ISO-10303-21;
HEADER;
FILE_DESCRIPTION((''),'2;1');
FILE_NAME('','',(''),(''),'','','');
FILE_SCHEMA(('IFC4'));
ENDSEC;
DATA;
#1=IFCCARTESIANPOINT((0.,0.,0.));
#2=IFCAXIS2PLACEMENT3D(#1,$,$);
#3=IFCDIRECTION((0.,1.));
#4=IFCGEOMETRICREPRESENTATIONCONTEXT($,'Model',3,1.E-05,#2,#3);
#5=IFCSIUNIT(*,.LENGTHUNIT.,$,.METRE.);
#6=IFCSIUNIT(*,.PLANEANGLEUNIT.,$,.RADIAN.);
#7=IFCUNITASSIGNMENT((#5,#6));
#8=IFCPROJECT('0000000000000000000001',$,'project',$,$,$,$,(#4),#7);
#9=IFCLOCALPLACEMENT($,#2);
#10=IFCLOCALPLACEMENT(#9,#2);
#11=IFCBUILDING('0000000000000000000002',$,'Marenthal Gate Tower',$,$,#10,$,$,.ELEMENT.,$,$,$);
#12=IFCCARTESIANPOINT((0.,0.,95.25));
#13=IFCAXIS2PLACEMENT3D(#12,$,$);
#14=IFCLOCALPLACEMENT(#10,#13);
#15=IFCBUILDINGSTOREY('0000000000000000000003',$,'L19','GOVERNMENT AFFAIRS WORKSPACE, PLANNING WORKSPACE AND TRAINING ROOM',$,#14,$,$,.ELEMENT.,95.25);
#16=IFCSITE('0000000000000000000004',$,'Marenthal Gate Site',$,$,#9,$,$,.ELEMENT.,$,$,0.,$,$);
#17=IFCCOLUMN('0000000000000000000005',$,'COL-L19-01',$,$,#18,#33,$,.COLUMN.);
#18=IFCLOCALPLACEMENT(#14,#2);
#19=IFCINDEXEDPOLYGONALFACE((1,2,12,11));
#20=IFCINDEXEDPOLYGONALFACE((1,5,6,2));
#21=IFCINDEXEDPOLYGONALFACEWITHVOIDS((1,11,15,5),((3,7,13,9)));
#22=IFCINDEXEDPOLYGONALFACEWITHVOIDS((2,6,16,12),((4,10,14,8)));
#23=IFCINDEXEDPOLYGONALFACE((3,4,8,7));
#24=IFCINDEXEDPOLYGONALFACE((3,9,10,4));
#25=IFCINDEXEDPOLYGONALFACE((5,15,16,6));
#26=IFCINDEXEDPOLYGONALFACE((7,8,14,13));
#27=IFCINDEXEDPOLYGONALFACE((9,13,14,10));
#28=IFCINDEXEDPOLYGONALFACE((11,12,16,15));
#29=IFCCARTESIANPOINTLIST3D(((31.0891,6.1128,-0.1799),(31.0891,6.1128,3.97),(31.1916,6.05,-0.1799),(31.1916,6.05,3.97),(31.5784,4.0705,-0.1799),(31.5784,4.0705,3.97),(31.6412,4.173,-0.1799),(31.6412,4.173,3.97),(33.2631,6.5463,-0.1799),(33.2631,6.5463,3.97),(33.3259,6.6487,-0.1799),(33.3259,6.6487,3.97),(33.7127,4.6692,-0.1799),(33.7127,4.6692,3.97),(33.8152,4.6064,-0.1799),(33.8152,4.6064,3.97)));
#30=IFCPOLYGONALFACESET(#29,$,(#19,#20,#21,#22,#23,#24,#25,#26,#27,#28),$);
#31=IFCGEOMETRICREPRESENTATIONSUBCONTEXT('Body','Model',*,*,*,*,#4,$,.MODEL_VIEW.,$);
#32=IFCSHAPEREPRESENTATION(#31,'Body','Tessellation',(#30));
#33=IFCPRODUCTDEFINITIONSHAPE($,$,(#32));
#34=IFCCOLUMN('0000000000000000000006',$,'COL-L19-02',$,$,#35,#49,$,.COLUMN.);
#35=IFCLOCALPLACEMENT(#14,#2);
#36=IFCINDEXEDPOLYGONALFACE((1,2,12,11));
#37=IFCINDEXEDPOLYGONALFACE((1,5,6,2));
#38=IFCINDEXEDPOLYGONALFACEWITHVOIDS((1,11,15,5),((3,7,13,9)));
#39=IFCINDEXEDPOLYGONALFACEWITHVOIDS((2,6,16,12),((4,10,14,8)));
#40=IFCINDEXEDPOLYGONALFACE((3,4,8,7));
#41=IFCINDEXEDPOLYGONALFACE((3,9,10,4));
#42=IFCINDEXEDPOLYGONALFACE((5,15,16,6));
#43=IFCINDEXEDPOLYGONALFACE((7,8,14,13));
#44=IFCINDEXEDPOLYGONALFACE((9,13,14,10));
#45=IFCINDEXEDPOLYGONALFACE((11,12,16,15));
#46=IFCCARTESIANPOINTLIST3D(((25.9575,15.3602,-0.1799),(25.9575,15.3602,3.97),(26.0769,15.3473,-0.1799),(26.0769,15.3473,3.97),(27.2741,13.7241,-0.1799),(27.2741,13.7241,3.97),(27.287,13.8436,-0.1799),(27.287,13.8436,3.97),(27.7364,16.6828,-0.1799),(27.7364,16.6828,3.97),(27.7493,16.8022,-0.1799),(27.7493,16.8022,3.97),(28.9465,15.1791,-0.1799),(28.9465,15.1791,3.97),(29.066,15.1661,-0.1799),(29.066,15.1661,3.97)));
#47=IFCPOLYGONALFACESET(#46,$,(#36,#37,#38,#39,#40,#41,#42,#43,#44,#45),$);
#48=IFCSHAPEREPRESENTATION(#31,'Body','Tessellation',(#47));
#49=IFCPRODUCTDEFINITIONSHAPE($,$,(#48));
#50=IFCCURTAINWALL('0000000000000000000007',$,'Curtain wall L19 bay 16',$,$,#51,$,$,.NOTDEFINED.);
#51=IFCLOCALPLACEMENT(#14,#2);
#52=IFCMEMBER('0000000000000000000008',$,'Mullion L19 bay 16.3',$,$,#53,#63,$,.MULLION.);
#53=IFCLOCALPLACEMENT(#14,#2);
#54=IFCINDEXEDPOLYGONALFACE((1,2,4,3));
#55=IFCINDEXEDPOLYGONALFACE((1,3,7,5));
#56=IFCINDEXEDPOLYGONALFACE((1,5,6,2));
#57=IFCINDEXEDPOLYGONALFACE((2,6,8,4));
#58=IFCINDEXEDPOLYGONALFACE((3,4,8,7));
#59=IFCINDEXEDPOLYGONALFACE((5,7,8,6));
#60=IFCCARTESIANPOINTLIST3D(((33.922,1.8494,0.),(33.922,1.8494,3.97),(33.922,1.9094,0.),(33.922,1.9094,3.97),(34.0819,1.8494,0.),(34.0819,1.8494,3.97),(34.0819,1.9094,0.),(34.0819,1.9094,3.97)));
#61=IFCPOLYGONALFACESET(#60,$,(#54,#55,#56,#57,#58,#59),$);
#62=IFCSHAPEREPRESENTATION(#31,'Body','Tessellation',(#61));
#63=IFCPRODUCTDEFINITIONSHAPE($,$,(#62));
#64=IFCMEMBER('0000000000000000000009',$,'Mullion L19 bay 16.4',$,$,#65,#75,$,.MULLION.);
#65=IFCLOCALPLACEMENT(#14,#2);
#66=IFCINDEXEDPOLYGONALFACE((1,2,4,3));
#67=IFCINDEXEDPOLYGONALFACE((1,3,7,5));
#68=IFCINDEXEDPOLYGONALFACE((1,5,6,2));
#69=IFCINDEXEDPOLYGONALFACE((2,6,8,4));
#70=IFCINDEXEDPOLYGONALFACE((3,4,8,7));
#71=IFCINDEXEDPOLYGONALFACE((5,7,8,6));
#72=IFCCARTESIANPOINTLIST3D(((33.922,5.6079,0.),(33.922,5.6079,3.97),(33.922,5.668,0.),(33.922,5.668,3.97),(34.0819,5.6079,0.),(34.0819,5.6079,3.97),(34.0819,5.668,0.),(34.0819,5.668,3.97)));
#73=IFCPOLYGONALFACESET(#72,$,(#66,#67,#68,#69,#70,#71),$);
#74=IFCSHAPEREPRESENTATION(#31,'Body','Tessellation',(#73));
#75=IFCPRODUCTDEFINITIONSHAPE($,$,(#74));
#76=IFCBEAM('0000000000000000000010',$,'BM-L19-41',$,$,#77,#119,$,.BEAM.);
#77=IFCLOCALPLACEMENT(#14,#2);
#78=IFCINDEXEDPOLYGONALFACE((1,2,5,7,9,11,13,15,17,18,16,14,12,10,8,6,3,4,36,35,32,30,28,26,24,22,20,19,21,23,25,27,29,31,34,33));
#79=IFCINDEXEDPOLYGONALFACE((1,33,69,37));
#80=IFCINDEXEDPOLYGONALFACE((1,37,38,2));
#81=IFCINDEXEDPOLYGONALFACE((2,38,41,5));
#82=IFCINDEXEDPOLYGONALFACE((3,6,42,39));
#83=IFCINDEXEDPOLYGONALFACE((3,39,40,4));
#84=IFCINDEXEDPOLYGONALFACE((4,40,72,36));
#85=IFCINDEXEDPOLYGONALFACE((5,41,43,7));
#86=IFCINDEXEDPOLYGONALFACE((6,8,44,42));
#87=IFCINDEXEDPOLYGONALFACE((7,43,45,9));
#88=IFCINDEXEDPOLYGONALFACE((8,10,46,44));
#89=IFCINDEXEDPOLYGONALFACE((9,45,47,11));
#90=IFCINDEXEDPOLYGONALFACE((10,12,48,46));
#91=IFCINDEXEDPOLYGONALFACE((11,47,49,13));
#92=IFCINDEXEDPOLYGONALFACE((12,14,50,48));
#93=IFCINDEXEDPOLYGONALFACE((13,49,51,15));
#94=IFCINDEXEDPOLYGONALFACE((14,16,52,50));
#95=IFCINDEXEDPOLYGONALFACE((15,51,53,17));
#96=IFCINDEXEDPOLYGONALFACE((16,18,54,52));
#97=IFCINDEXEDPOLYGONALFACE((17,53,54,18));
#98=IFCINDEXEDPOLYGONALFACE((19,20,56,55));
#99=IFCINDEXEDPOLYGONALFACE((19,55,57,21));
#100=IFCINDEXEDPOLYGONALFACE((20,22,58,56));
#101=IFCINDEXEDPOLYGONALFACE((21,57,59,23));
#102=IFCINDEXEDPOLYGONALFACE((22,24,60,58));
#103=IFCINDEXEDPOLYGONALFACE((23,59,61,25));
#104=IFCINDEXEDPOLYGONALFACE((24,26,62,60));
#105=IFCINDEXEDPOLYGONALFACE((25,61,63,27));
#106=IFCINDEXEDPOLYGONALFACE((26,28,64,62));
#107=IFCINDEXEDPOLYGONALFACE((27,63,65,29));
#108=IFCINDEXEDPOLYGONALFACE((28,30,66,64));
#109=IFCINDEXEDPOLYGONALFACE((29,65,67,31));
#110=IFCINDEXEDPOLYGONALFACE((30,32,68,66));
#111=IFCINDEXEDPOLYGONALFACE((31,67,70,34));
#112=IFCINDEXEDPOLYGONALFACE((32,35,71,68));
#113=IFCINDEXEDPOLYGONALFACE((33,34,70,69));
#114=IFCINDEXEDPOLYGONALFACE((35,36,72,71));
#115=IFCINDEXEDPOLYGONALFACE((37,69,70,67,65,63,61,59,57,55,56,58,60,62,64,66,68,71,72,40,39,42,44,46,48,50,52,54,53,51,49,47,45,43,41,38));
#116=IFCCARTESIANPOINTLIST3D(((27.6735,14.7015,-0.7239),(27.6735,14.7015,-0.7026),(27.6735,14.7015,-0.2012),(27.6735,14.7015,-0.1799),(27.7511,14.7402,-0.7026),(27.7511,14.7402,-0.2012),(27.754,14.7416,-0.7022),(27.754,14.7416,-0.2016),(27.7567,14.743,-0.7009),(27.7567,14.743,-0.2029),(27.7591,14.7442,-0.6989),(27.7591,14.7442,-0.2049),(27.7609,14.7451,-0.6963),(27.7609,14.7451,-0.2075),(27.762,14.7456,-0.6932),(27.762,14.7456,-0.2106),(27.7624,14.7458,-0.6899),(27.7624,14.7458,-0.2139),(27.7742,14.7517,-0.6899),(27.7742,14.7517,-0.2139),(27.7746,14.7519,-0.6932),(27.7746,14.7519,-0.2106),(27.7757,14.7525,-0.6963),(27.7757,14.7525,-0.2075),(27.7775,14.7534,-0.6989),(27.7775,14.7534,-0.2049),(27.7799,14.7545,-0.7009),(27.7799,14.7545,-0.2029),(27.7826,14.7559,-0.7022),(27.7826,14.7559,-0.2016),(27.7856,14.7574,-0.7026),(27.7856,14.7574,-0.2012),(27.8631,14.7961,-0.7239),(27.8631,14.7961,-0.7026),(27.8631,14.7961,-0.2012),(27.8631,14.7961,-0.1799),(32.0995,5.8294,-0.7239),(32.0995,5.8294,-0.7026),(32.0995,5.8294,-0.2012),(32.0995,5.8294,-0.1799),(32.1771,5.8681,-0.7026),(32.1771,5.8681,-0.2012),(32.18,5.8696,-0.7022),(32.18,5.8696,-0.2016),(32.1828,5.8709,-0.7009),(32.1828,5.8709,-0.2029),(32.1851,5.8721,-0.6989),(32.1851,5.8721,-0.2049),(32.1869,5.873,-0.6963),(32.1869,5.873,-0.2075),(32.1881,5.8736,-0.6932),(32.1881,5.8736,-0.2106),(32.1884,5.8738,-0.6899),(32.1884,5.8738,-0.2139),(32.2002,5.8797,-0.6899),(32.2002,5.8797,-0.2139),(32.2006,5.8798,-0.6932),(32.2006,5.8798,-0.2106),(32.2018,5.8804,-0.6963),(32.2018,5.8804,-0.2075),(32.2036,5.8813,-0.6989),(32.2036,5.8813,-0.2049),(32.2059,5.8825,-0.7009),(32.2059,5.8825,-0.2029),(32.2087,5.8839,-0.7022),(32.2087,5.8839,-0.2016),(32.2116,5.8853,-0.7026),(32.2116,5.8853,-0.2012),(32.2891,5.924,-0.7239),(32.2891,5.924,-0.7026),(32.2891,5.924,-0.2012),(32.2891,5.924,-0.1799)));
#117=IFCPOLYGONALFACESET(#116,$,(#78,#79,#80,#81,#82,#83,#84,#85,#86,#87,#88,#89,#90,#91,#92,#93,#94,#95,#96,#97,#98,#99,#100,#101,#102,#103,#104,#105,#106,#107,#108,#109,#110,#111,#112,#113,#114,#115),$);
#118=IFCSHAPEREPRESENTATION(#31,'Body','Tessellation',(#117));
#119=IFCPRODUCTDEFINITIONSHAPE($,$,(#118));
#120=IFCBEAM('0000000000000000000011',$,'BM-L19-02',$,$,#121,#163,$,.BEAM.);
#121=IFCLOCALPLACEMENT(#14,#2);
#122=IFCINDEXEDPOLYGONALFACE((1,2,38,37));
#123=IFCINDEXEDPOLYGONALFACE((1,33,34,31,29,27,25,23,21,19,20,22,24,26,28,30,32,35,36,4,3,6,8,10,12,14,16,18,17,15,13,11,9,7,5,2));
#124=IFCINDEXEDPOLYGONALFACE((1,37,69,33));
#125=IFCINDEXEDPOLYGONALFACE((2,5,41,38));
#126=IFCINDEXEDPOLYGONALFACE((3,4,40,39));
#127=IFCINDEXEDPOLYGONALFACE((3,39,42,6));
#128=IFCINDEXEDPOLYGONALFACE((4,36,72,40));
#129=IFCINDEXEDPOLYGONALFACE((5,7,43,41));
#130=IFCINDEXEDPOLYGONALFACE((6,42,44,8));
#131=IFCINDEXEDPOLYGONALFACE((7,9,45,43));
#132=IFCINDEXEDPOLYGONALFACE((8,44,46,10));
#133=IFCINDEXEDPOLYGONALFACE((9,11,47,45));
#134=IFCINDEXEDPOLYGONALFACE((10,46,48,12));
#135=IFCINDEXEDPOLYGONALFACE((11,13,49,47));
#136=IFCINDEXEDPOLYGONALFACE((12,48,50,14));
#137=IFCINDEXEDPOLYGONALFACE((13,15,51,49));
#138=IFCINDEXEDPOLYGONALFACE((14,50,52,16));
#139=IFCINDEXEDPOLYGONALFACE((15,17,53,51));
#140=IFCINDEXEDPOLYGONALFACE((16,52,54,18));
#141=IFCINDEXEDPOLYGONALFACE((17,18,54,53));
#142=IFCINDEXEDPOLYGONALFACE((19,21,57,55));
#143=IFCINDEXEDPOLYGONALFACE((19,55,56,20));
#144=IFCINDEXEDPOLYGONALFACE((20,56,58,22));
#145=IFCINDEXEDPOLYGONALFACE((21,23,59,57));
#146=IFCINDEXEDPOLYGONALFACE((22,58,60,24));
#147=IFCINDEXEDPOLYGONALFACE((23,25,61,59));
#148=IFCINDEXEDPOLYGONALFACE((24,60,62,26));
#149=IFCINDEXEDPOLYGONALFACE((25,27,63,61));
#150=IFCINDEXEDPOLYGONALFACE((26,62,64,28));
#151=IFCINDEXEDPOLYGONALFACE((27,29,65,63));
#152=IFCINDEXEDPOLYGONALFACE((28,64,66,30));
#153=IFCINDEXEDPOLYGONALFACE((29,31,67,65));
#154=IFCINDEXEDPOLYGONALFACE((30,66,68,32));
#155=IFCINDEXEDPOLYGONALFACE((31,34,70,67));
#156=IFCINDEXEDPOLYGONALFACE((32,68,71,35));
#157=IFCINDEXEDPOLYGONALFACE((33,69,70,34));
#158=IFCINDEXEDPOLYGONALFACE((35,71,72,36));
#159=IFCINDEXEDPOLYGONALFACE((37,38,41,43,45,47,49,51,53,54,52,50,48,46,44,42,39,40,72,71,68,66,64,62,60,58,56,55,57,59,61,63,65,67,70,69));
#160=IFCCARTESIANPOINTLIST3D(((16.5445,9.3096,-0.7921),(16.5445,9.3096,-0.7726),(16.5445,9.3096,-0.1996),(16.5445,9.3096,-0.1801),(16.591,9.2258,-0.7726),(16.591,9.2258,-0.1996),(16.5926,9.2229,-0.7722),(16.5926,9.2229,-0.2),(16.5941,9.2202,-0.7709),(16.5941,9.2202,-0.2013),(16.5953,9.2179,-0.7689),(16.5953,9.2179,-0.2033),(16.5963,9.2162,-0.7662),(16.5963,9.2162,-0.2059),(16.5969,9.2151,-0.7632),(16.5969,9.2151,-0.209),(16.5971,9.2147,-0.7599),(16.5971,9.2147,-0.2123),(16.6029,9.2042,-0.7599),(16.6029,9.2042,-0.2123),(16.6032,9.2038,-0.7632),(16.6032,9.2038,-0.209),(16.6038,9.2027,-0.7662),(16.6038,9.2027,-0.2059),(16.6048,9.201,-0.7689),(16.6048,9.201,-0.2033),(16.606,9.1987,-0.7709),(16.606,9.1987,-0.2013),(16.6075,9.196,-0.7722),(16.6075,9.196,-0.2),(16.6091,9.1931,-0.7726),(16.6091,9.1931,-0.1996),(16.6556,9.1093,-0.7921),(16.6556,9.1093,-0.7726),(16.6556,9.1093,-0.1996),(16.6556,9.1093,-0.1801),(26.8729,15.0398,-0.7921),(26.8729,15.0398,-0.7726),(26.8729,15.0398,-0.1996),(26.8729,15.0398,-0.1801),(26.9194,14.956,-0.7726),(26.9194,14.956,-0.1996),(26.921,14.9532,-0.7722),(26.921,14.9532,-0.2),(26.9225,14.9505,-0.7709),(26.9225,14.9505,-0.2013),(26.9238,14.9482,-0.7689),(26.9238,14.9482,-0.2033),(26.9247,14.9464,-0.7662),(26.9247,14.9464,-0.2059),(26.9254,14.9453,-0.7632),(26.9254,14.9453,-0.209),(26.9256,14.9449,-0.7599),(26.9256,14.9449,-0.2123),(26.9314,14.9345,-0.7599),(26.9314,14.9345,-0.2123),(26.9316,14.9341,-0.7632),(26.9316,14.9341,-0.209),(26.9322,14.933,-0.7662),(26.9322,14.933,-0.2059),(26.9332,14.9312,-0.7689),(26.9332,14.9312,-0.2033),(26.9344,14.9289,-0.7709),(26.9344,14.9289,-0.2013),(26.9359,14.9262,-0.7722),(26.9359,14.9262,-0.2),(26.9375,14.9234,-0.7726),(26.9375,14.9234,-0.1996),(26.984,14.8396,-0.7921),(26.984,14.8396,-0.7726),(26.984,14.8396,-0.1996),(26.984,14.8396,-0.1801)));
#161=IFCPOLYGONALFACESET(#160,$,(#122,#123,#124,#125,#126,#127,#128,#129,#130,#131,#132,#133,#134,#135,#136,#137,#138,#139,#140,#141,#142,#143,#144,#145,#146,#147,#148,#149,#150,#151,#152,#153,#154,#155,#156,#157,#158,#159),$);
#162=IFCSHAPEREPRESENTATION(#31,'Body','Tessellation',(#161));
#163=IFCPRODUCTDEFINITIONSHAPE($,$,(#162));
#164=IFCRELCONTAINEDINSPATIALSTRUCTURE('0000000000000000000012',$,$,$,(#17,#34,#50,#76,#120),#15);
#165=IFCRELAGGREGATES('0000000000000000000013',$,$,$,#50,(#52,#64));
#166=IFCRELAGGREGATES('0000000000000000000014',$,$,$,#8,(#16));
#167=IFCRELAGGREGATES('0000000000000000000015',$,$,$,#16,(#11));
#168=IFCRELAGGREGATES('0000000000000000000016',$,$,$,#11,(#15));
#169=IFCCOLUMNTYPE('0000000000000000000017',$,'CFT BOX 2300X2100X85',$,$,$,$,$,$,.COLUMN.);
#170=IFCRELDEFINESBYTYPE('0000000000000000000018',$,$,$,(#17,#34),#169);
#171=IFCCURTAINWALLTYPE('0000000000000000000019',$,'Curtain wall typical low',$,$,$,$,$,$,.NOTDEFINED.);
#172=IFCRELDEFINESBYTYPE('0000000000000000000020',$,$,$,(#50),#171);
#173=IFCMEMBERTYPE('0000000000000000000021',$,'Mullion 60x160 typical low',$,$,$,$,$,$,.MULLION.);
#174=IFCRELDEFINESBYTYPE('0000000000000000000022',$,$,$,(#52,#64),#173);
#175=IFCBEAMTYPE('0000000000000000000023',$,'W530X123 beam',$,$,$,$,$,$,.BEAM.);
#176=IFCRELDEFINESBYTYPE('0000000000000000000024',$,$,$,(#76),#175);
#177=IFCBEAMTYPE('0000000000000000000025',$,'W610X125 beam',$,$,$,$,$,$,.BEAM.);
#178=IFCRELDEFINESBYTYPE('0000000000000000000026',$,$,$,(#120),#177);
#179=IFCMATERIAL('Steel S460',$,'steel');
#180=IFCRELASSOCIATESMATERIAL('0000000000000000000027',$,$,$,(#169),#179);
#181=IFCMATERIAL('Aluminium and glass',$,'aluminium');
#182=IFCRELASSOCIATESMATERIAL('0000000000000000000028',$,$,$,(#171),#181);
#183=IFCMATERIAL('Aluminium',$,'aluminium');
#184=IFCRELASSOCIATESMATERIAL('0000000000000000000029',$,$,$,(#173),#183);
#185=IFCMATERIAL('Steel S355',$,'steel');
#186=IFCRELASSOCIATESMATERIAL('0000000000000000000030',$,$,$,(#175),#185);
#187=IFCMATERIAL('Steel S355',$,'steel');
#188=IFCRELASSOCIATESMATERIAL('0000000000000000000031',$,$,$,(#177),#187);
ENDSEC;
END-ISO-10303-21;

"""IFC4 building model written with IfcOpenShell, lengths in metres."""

from ifc_helpers import new_model, si_unit, direction, frame, origin, origin_2d, place, context, subcontext, project, spatial, rectangle, hollow_rectangle, i_section, extrude, material, material_profile, profile_set, type_object, element, aggregate, save


model = new_model("IFC4")

# Units and contexts
model_context = context("Model", 3, precision=1e-05, world=origin(), true_north=direction((0.0, 1.0)))
body_context = subcontext(model_context, "Body", "Model", "MODEL_VIEW")
ifc_project = project(units=[si_unit("LENGTHUNIT", "METRE"), si_unit("PLANEANGLEUNIT", "RADIAN")], contexts=[model_context])

# Site, building, storey
site_placement = place(None, origin())
site = spatial("IfcSite", under=ifc_project, at=site_placement, Name="Marenthal Gate Site", CompositionType="ELEMENT", RefElevation=0.0)
building_placement = place(site_placement, origin())
building = spatial("IfcBuilding", under=site, at=building_placement, Name="Marenthal Gate Tower", CompositionType="ELEMENT")
storey_placement = place(building_placement, frame((0.0, 0.0, 95.25)))
storey = spatial("IfcBuildingStorey", under=building, at=storey_placement, Name="L19", Description="GOVERNMENT AFFAIRS WORKSPACE, PLANNING WORKSPACE AND TRAINING ROOM", CompositionType="ELEMENT", Elevation=95.25)

# Columns
ifc_material_1 = material(Name="Steel S460", Category="steel")
ifc_material_profile_1 = material_profile(ifc_material_1, hollow_rectangle(XDim=2.1001, YDim=2.3, WallThickness=0.085, at=origin_2d()), Name="CFT BOX 2300X2100X85")
ifc_material_2 = material(Name="Concrete 70 MPa", Category="concrete")
ifc_material_profile_2 = material_profile(ifc_material_2, rectangle(XDim=1.9299, YDim=2.1299, at=origin_2d()), Name="CFT BOX 2300X2100X85 INFILL")
ifc_profile_set_1 = profile_set([ifc_material_profile_1, ifc_material_profile_2], Name="Steel S460 shell, Concrete 70 MPa infill")
column_type = type_object("IfcColumnType", Name="CFT BOX 2300X2100X85", PredefinedType="COLUMN", material=ifc_profile_set_1)
for number, where, z_axis, x_axis, name in (
    (1, (32.4521, 5.3596, -0.1799), (0.0, 0.0, 1.0), (0.232974, -0.972483, 0.0), "COL-L19-01"),
    (2, (27.5117, 15.2632, -0.1799), (0.0, 0.0, 1.0), (0.626945, -0.779063, 0.0), "COL-L19-02"),
):
    element("IfcColumn", number, at=place(storey_placement, frame(where, z_axis=z_axis, x_axis=x_axis)), inside=storey, type_object=column_type, Name=name, PredefinedType="COLUMN", context=body_context, shape_type="SweptSolid", body=[
        extrude(hollow_rectangle(XDim=2.1001, YDim=2.3, WallThickness=0.085, at=origin_2d()), origin(), (0.0, 0.0, 1.0), 4.1499),
    ])

# Curtain wall, members
ifc_material_3 = material(Name="Aluminium and glass", Category="aluminium")
curtain_wall_type = type_object("IfcCurtainWallType", Name="Curtain wall typical low", PredefinedType="NOTDEFINED", material=ifc_material_3)
curtain_wall_placement = place(storey_placement, origin())
curtain_wall = element("IfcCurtainWall", 3, at=curtain_wall_placement, inside=storey, type_object=curtain_wall_type, Name="Curtain wall L19 bay 16", PredefinedType="NOTDEFINED")
ifc_material_4 = material(Name="Aluminium", Category="aluminium")
ifc_material_profile_3 = material_profile(ifc_material_4, rectangle(XDim=0.1599, YDim=0.0601, at=origin_2d()), Name="60x160 aluminium mullion")
ifc_profile_set_2 = profile_set([ifc_material_profile_3], Name="Aluminium")
member_type = type_object("IfcMemberType", Name="Mullion 60x160 typical low", PredefinedType="MULLION", material=ifc_profile_set_2)
member_1_placement = place(storey_placement, frame((34.002, 1.8794, 0.0), z_axis=(0.0, 0.0, 1.0), x_axis=(-1.0, 0.0, 0.0)))
member_1 = element("IfcMember", 4, at=member_1_placement, type_object=member_type, Name="Mullion L19 bay 16.3", PredefinedType="MULLION", context=body_context, shape_type="SweptSolid", body=[
    extrude(rectangle(XDim=0.1599, YDim=0.0601, at=origin_2d()), origin(), (0.0, 0.0, 1.0), 3.97),
])
member_2_placement = place(storey_placement, frame((34.002, 5.6379, 0.0), z_axis=(0.0, 0.0, 1.0), x_axis=(-1.0, 0.0, 0.0)))
member_2 = element("IfcMember", 5, at=member_2_placement, type_object=member_type, Name="Mullion L19 bay 16.4", PredefinedType="MULLION", context=body_context, shape_type="SweptSolid", body=[
    extrude(rectangle(XDim=0.1599, YDim=0.0601, at=origin_2d()), origin(), (0.0, 0.0, 1.0), 3.97),
])

# Beams
ifc_material_5 = material(Name="Steel S355", Category="steel")
ifc_material_profile_4 = material_profile(ifc_material_5, i_section(OverallWidth=0.2119, OverallDepth=0.5439, WebThickness=0.0132, FlangeThickness=0.0212, FilletRadius=0.0127, at=origin_2d()), Name="W530X123")
ifc_profile_set_3 = profile_set([ifc_material_profile_4], Name="Steel S355")
beam_type_1 = type_object("IfcBeamType", Name="W530X123 beam", PredefinedType="BEAM", material=ifc_profile_set_3)
beam_1_placement = place(storey_placement, frame((32.1943, 5.8767, -0.4519), z_axis=(-0.446406, 0.894831, 0.0), x_axis=(-0.894831, -0.446406, 0.0)))
element("IfcBeam", 6, at=beam_1_placement, inside=storey, type_object=beam_type_1, Name="BM-L19-41", PredefinedType="BEAM", context=body_context, shape_type="SweptSolid", body=[
    extrude(i_section(OverallWidth=0.2119, OverallDepth=0.5439, WebThickness=0.0132, FlangeThickness=0.0212, FilletRadius=0.0127, at=origin_2d()), origin(), (0.0, 0.0, 1.0), 9.9148),
])
ifc_material_6 = material(Name="Steel S355", Category="steel")
ifc_material_profile_5 = material_profile(ifc_material_6, i_section(OverallWidth=0.229, OverallDepth=0.6121, WebThickness=0.012, FlangeThickness=0.0195, FilletRadius=0.0127, at=origin_2d()), Name="W610X125")
ifc_profile_set_4 = profile_set([ifc_material_profile_5], Name="Steel S355")
beam_type_2 = type_object("IfcBeamType", Name="W610X125 beam", PredefinedType="BEAM", material=ifc_profile_set_4)
beam_2_placement = place(storey_placement, frame((26.9285, 14.9397, -0.4861), z_axis=(-0.874436, -0.485141, 0.0), x_axis=(0.485141, -0.874436, 0.0)))
element("IfcBeam", 7, at=beam_2_placement, inside=storey, type_object=beam_type_2, Name="BM-L19-02", PredefinedType="BEAM", context=body_context, shape_type="SweptSolid", body=[
    extrude(i_section(OverallWidth=0.229, OverallDepth=0.6121, WebThickness=0.012, FlangeThickness=0.0195, FilletRadius=0.0127, at=origin_2d()), origin(), (0.0, 0.0, 1.0), 11.8115),
])

aggregate(curtain_wall, [member_1, member_2])

save(model, "model.ifc")
